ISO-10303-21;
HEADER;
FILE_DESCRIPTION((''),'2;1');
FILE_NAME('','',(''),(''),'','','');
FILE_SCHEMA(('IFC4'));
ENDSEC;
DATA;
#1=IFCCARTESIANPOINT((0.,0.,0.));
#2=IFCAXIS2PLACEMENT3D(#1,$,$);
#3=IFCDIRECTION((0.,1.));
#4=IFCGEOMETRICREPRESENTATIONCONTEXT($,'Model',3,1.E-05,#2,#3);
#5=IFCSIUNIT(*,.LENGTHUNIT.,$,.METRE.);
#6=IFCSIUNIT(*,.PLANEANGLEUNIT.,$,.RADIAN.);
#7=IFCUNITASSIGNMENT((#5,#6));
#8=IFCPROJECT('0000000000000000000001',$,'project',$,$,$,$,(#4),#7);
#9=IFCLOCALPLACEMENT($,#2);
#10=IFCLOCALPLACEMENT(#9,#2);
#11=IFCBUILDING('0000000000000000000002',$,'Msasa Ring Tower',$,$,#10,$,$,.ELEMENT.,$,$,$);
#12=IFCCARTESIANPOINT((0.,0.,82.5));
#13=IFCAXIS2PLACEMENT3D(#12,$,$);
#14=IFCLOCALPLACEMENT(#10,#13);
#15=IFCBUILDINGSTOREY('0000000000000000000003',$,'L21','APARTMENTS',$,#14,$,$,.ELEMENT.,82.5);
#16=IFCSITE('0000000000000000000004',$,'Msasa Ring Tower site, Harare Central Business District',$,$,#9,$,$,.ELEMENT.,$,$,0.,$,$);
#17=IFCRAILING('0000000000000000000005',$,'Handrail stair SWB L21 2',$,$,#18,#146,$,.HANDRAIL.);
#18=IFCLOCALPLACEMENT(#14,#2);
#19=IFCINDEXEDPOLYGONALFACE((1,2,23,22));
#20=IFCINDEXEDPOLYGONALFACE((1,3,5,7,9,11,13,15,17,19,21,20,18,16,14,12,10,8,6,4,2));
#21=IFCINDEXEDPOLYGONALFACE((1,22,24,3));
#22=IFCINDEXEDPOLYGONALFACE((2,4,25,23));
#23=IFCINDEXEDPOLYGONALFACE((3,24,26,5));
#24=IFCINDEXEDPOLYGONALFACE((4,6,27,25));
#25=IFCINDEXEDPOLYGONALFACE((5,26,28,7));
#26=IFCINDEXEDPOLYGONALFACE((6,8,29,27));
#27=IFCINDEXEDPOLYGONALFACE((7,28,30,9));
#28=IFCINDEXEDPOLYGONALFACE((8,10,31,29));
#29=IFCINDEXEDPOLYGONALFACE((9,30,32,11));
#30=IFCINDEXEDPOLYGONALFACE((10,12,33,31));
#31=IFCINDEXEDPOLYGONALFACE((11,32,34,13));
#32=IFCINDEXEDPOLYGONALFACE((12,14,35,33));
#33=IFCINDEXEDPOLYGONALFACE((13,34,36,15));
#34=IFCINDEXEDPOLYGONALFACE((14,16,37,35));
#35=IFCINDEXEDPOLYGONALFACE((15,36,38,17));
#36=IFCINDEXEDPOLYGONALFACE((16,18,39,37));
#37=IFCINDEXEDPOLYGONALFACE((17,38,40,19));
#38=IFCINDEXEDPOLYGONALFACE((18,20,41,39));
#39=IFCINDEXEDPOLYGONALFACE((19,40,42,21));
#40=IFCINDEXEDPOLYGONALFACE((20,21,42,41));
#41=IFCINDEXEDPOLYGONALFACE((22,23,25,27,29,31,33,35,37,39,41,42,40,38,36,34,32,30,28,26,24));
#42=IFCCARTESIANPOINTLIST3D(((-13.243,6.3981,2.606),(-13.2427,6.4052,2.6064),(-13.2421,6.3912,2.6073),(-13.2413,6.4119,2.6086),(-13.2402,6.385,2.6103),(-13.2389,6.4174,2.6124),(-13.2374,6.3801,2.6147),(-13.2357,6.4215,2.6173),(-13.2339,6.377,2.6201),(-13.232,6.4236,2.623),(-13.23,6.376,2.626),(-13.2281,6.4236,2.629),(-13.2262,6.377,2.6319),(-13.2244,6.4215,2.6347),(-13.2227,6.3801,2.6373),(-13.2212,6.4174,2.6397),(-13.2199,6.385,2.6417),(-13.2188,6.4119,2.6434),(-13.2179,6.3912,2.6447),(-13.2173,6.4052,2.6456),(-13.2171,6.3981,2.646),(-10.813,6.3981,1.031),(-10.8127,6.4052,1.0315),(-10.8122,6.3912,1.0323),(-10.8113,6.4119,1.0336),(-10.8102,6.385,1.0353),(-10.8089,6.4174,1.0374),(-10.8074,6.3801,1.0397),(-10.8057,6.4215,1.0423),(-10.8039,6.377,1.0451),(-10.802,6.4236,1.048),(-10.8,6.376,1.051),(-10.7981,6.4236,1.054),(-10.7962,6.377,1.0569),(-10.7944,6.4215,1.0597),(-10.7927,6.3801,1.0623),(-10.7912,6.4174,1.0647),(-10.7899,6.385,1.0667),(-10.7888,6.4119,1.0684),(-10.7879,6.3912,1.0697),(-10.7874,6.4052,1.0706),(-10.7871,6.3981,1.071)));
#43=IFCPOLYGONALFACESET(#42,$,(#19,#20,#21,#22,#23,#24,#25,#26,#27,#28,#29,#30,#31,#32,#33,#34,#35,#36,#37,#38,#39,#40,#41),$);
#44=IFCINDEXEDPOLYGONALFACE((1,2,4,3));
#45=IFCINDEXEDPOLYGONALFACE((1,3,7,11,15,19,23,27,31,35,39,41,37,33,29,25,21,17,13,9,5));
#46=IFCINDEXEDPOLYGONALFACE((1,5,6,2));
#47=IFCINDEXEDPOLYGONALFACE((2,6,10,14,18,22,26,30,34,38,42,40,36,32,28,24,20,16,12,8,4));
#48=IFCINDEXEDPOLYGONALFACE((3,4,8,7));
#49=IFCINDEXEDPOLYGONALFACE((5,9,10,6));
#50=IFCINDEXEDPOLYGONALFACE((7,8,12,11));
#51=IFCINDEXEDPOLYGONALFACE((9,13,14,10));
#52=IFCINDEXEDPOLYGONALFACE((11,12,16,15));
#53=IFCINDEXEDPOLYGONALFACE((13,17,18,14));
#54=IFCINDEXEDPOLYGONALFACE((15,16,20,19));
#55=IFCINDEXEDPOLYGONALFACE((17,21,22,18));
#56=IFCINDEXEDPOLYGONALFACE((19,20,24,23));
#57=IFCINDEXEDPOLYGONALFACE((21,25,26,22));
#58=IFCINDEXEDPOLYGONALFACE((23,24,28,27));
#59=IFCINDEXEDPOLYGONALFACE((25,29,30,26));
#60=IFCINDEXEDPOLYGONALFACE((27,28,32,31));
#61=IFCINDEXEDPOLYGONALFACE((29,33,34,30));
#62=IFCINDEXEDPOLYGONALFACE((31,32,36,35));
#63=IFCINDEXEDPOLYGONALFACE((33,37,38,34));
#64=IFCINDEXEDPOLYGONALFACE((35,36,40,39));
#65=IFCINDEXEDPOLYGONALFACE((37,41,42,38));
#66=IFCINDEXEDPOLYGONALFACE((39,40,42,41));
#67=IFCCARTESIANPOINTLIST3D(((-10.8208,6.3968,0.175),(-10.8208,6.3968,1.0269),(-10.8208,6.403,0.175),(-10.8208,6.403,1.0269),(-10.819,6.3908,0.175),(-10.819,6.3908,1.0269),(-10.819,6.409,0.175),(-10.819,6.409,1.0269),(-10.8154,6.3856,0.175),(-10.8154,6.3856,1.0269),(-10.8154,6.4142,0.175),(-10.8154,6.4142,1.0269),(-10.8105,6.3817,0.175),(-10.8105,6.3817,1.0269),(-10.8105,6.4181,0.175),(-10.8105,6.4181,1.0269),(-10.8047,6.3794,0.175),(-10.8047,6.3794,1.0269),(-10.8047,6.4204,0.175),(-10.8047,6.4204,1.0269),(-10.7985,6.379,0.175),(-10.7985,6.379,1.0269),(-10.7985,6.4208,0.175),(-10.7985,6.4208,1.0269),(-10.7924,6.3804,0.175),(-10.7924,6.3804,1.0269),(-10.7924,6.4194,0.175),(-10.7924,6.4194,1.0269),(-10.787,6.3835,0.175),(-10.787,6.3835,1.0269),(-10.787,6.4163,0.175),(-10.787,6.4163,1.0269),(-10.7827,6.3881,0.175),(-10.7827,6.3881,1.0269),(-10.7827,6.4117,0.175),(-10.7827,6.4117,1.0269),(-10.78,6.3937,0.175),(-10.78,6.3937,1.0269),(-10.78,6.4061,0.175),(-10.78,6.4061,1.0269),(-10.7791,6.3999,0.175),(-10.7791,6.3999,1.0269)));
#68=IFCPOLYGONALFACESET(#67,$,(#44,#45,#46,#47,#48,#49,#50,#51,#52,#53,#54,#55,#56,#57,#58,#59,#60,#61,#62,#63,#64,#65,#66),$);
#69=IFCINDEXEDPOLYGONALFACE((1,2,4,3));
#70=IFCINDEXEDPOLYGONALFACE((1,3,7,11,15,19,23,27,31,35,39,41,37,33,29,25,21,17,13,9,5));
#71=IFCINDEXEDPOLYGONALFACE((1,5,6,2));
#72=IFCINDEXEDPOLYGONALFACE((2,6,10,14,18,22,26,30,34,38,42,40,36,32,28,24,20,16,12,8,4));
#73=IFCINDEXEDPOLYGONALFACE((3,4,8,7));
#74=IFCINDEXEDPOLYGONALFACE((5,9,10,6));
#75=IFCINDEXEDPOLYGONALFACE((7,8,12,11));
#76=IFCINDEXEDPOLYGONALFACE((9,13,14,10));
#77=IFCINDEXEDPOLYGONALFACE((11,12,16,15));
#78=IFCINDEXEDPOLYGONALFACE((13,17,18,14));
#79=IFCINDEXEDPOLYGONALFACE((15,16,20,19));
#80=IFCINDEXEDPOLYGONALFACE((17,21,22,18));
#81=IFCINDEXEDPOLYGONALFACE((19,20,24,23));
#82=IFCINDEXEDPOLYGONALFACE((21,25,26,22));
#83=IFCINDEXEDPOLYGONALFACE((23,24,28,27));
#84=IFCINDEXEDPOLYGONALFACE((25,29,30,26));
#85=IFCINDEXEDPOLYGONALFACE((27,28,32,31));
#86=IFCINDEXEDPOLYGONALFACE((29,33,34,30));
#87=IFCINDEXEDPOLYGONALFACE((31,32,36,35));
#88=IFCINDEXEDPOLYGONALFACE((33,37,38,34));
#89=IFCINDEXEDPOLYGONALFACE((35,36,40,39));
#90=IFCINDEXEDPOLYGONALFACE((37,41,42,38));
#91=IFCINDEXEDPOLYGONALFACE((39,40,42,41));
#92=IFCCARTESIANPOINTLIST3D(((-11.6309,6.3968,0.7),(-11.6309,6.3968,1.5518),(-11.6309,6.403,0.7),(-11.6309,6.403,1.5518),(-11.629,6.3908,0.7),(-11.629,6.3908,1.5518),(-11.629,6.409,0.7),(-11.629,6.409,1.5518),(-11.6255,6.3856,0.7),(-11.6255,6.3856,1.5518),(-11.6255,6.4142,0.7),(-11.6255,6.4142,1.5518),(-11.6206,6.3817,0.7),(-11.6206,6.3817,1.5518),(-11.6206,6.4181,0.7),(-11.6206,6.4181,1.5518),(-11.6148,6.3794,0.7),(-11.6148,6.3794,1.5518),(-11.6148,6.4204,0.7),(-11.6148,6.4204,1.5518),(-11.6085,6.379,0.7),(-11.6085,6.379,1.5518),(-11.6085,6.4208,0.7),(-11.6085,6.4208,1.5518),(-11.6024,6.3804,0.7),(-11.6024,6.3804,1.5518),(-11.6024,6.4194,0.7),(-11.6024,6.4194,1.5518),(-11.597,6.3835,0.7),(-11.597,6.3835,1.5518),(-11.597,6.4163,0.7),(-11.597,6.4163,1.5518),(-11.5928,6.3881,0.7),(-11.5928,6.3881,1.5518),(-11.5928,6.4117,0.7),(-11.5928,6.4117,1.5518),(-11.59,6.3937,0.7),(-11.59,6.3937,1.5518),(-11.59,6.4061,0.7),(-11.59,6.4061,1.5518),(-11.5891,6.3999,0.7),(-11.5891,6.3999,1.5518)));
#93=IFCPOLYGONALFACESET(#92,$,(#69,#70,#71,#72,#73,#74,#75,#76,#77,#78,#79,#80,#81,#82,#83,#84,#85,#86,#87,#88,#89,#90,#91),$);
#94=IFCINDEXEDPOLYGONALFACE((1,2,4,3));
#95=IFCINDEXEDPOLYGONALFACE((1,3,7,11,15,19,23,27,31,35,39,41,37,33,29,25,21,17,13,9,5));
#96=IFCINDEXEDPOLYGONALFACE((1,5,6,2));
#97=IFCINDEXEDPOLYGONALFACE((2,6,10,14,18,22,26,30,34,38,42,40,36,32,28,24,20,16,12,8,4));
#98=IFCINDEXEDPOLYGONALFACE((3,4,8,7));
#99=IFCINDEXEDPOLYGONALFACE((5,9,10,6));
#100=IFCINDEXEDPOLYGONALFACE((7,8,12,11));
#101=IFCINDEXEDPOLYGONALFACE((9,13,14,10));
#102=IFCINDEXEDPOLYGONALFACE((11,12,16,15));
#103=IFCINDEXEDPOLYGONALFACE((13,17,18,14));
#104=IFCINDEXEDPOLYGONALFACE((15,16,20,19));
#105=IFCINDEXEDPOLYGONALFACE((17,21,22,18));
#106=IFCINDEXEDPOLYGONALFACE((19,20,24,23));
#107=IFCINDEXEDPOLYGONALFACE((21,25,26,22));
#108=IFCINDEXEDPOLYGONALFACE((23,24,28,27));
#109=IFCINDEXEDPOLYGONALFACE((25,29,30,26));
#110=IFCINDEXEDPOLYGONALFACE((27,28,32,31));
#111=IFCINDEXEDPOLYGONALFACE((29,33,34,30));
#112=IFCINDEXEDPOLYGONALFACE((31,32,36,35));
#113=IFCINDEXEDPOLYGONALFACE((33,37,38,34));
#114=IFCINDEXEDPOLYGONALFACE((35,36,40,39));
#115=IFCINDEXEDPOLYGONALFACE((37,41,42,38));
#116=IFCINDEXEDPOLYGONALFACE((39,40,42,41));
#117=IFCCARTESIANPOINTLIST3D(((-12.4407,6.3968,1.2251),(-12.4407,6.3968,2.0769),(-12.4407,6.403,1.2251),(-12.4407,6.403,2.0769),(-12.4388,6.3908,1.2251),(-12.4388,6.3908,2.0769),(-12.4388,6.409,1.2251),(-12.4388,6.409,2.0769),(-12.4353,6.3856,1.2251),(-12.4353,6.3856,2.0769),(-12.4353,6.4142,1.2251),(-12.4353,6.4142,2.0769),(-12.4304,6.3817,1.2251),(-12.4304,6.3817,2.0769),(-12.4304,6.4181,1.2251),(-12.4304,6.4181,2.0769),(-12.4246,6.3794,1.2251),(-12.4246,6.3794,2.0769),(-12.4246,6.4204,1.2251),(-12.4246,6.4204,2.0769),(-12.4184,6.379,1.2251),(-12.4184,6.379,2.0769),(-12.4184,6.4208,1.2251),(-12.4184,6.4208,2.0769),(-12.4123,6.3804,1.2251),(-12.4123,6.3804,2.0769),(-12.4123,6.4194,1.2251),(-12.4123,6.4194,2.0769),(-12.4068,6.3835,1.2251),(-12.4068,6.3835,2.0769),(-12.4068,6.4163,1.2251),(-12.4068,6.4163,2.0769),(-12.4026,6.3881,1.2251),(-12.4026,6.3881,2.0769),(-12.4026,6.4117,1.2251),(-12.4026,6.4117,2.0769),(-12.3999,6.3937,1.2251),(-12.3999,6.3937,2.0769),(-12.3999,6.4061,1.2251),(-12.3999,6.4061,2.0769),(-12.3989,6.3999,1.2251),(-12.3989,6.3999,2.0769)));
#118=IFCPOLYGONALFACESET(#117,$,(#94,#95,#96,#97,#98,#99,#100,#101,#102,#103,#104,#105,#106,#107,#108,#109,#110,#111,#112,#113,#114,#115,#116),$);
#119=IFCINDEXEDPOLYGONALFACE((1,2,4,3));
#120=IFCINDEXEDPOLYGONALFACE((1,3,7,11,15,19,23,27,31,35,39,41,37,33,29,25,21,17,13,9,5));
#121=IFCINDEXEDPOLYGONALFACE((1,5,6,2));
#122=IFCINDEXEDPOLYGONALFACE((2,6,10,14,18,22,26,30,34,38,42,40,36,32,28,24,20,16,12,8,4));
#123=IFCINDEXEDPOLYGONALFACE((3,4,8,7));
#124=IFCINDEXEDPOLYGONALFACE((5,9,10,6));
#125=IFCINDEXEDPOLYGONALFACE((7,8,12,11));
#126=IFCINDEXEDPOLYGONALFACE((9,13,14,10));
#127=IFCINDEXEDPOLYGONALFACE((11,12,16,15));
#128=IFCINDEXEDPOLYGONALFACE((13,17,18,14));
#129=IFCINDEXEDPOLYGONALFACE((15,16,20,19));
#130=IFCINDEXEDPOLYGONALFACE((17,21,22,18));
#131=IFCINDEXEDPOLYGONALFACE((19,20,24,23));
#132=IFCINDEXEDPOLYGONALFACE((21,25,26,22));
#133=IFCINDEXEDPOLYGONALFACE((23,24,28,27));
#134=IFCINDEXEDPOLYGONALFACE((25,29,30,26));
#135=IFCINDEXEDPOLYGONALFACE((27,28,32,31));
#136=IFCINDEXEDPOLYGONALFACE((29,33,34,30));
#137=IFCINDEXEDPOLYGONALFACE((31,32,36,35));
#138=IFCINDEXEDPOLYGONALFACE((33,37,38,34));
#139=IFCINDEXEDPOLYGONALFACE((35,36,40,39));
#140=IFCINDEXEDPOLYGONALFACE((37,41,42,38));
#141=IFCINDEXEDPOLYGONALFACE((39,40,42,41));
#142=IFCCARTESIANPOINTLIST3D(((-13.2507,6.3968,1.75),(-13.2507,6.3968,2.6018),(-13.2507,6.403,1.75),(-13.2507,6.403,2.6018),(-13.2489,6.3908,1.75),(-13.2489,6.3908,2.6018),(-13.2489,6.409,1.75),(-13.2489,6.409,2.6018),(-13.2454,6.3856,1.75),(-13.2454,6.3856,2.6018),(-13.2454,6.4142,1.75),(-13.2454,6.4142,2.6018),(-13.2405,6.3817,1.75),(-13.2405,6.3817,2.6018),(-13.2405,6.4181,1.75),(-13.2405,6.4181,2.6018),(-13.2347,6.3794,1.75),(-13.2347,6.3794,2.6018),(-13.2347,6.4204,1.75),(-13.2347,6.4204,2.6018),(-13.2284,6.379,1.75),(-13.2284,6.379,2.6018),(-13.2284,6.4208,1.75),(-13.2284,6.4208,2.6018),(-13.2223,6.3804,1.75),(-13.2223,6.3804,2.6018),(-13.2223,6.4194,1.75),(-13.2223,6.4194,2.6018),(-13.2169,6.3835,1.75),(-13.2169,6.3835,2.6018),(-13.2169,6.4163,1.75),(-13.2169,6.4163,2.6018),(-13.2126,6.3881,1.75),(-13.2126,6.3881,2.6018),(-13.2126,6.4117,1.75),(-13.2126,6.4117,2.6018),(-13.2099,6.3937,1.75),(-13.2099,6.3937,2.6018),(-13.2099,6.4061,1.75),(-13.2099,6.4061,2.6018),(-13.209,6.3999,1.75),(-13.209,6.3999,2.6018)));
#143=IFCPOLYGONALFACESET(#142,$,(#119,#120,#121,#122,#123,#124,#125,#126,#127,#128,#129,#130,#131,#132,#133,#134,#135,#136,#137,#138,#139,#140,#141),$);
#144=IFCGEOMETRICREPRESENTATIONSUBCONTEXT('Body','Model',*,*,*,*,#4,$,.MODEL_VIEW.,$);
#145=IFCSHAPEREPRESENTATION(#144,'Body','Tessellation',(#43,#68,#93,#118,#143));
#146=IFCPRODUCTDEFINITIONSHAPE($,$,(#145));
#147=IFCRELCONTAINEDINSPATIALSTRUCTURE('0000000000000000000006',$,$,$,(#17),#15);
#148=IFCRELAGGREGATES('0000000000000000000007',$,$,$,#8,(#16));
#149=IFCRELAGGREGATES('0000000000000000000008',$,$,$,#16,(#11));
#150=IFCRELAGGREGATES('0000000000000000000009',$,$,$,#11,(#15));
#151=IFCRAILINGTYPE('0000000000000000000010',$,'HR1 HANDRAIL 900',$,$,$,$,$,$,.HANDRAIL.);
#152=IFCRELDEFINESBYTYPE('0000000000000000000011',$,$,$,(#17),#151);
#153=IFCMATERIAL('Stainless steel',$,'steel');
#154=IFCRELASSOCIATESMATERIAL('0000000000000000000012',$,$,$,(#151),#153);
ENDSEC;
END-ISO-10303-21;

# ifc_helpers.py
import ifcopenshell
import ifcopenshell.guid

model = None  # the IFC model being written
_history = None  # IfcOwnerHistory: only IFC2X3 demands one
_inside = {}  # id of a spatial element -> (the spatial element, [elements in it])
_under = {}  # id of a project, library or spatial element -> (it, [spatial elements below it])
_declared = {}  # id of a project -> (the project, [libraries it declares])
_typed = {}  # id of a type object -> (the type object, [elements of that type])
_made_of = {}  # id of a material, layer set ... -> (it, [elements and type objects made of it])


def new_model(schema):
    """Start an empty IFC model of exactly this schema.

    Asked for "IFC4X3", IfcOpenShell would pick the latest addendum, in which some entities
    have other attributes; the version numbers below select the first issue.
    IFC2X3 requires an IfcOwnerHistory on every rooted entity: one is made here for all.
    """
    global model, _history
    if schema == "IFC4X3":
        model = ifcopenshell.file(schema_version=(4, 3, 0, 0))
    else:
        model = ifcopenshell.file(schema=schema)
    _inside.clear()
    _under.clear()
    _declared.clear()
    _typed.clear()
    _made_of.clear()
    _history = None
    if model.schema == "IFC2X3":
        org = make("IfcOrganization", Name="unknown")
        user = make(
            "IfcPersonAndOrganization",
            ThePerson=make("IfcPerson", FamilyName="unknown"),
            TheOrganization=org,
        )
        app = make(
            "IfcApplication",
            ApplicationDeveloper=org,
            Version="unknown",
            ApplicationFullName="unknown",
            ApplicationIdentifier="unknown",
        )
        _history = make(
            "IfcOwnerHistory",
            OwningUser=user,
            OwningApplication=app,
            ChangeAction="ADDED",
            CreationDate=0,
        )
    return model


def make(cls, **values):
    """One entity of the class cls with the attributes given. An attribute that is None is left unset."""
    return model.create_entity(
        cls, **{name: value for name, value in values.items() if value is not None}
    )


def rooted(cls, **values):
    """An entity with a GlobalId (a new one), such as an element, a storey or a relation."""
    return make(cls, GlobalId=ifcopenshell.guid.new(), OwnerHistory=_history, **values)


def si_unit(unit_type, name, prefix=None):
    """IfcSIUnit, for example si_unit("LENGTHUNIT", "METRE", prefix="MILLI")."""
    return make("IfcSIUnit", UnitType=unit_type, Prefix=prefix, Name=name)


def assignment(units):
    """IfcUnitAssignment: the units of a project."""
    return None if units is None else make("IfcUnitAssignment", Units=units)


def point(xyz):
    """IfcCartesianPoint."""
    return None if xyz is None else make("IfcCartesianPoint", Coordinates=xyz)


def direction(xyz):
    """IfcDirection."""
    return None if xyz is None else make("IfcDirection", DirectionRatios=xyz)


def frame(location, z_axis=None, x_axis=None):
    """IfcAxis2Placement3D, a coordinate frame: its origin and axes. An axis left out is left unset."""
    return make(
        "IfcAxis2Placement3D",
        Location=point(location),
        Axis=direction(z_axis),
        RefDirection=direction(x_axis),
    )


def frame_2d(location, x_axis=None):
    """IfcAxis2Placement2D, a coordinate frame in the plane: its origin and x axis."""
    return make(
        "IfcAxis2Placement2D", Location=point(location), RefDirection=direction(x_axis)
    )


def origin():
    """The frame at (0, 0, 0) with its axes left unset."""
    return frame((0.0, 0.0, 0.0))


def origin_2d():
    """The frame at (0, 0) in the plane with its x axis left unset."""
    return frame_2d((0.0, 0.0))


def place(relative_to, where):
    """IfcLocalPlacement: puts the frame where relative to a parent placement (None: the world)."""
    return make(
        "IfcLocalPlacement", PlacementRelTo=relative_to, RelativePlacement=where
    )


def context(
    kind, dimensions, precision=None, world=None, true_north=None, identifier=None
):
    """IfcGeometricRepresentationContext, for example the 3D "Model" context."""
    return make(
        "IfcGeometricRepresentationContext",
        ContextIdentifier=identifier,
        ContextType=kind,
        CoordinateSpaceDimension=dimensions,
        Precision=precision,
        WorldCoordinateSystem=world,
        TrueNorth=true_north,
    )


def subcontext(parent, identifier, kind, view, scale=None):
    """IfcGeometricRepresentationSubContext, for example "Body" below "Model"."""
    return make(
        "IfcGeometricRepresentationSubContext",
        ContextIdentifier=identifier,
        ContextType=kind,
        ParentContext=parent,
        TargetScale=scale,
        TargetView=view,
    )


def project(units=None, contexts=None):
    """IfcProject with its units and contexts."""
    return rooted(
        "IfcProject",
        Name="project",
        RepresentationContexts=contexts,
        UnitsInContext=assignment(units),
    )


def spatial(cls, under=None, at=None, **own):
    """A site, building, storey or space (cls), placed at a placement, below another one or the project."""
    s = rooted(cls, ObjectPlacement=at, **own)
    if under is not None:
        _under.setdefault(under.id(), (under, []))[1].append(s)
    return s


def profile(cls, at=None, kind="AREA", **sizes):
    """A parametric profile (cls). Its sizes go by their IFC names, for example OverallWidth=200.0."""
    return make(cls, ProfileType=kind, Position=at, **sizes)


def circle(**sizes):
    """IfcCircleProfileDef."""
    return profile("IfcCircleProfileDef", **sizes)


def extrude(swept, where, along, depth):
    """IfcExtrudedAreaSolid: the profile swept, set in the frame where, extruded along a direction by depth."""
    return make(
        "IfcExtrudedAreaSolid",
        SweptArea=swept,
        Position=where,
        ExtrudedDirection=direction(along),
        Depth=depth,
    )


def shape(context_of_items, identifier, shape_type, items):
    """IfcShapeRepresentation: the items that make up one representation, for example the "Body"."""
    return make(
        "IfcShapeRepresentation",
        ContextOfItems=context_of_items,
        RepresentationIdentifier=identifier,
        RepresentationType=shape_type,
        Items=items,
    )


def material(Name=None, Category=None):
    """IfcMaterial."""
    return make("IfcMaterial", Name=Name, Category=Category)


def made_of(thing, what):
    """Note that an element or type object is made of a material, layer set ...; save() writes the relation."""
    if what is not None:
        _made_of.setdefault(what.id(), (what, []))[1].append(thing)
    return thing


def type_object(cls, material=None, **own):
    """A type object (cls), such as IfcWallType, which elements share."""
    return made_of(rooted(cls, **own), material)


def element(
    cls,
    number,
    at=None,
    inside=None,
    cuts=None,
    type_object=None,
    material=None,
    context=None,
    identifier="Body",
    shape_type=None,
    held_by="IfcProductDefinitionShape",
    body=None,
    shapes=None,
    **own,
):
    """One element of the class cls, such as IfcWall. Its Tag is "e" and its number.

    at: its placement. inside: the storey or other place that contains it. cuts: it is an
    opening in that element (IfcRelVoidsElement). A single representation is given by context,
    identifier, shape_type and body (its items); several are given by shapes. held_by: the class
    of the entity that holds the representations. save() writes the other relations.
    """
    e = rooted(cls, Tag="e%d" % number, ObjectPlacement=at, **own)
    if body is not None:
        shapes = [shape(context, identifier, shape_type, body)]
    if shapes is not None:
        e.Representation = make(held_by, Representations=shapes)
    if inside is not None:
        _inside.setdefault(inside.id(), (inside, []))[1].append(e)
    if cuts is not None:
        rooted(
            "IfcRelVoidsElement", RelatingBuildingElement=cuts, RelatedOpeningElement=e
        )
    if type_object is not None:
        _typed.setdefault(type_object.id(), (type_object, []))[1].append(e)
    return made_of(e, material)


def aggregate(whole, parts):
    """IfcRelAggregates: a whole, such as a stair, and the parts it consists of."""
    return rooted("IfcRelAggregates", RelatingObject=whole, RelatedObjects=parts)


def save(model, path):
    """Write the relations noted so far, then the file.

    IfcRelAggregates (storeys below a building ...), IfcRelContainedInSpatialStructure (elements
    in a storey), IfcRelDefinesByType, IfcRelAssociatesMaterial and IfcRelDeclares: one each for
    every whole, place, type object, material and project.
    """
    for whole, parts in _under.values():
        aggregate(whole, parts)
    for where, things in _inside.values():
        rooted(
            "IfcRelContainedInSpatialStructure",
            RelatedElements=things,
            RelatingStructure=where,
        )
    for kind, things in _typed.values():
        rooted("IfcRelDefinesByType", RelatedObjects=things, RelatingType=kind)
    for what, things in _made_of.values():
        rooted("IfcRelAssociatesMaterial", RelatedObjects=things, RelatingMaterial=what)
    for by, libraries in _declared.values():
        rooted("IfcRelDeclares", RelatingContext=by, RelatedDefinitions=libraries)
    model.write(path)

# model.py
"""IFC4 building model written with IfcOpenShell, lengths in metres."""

from ifc_helpers import new_model, si_unit, direction, frame, origin, origin_2d, place, context, subcontext, project, spatial, circle, extrude, material, type_object, element, save


model = new_model("IFC4")

# Units and contexts
model_context = context("Model", 3, precision=1e-05, world=origin(), true_north=direction((0.0, 1.0)))
body_context = subcontext(model_context, "Body", "Model", "MODEL_VIEW")
ifc_project = project(units=[si_unit("LENGTHUNIT", "METRE"), si_unit("PLANEANGLEUNIT", "RADIAN")], contexts=[model_context])

# Site, building, storey
site_placement = place(None, origin())
site = spatial("IfcSite", under=ifc_project, at=site_placement, Name="Msasa Ring Tower site, Harare Central Business District", CompositionType="ELEMENT", RefElevation=0.0)
building_placement = place(site_placement, origin())
building = spatial("IfcBuilding", under=site, at=building_placement, Name="Msasa Ring Tower", CompositionType="ELEMENT")
storey_placement = place(building_placement, frame((0.0, 0.0, 82.5)))
storey = spatial("IfcBuildingStorey", under=building, at=storey_placement, Name="L21", Description="APARTMENTS", CompositionType="ELEMENT", Elevation=82.5)

# Railing
ifc_material_1 = material(Name="Stainless steel", Category="steel")
railing_type = type_object("IfcRailingType", Name="HR1 HANDRAIL 900", PredefinedType="HANDRAIL", material=ifc_material_1)
for number, where, name in (
    (1, (-10.8, 6.3999, 0.175), "Handrail stair SWB L21 2"),
):
    element("IfcRailing", number, at=place(storey_placement, frame(where)), inside=storey, type_object=railing_type, Name=name, PredefinedType="HANDRAIL", context=body_context, shape_type="SweptSolid", body=[
        extrude(circle(Radius=0.0239, at=origin_2d()), frame((0.0, 0.0, 0.876), z_axis=(-0.839154, 0.0, 0.543894), x_axis=(0.0, -1.0, 0.0)), (0.0, 0.0, 1.0), 2.8958),
        extrude(circle(Radius=0.021, at=origin_2d()), origin(), (0.0, 0.0, 1.0), 0.8518),
        extrude(circle(Radius=0.021, at=origin_2d()), frame((-0.8101, 0.0, 0.5249)), (0.0, 0.0, 1.0), 0.8518),
        extrude(circle(Radius=0.021, at=origin_2d()), frame((-1.6199, 0.0, 1.05)), (0.0, 0.0, 1.0), 0.8518),
        extrude(circle(Radius=0.021, at=origin_2d()), frame((-2.4299, 0.0, 1.575)), (0.0, 0.0, 1.0), 0.8518),
    ])

save(model, "model.ifc")
